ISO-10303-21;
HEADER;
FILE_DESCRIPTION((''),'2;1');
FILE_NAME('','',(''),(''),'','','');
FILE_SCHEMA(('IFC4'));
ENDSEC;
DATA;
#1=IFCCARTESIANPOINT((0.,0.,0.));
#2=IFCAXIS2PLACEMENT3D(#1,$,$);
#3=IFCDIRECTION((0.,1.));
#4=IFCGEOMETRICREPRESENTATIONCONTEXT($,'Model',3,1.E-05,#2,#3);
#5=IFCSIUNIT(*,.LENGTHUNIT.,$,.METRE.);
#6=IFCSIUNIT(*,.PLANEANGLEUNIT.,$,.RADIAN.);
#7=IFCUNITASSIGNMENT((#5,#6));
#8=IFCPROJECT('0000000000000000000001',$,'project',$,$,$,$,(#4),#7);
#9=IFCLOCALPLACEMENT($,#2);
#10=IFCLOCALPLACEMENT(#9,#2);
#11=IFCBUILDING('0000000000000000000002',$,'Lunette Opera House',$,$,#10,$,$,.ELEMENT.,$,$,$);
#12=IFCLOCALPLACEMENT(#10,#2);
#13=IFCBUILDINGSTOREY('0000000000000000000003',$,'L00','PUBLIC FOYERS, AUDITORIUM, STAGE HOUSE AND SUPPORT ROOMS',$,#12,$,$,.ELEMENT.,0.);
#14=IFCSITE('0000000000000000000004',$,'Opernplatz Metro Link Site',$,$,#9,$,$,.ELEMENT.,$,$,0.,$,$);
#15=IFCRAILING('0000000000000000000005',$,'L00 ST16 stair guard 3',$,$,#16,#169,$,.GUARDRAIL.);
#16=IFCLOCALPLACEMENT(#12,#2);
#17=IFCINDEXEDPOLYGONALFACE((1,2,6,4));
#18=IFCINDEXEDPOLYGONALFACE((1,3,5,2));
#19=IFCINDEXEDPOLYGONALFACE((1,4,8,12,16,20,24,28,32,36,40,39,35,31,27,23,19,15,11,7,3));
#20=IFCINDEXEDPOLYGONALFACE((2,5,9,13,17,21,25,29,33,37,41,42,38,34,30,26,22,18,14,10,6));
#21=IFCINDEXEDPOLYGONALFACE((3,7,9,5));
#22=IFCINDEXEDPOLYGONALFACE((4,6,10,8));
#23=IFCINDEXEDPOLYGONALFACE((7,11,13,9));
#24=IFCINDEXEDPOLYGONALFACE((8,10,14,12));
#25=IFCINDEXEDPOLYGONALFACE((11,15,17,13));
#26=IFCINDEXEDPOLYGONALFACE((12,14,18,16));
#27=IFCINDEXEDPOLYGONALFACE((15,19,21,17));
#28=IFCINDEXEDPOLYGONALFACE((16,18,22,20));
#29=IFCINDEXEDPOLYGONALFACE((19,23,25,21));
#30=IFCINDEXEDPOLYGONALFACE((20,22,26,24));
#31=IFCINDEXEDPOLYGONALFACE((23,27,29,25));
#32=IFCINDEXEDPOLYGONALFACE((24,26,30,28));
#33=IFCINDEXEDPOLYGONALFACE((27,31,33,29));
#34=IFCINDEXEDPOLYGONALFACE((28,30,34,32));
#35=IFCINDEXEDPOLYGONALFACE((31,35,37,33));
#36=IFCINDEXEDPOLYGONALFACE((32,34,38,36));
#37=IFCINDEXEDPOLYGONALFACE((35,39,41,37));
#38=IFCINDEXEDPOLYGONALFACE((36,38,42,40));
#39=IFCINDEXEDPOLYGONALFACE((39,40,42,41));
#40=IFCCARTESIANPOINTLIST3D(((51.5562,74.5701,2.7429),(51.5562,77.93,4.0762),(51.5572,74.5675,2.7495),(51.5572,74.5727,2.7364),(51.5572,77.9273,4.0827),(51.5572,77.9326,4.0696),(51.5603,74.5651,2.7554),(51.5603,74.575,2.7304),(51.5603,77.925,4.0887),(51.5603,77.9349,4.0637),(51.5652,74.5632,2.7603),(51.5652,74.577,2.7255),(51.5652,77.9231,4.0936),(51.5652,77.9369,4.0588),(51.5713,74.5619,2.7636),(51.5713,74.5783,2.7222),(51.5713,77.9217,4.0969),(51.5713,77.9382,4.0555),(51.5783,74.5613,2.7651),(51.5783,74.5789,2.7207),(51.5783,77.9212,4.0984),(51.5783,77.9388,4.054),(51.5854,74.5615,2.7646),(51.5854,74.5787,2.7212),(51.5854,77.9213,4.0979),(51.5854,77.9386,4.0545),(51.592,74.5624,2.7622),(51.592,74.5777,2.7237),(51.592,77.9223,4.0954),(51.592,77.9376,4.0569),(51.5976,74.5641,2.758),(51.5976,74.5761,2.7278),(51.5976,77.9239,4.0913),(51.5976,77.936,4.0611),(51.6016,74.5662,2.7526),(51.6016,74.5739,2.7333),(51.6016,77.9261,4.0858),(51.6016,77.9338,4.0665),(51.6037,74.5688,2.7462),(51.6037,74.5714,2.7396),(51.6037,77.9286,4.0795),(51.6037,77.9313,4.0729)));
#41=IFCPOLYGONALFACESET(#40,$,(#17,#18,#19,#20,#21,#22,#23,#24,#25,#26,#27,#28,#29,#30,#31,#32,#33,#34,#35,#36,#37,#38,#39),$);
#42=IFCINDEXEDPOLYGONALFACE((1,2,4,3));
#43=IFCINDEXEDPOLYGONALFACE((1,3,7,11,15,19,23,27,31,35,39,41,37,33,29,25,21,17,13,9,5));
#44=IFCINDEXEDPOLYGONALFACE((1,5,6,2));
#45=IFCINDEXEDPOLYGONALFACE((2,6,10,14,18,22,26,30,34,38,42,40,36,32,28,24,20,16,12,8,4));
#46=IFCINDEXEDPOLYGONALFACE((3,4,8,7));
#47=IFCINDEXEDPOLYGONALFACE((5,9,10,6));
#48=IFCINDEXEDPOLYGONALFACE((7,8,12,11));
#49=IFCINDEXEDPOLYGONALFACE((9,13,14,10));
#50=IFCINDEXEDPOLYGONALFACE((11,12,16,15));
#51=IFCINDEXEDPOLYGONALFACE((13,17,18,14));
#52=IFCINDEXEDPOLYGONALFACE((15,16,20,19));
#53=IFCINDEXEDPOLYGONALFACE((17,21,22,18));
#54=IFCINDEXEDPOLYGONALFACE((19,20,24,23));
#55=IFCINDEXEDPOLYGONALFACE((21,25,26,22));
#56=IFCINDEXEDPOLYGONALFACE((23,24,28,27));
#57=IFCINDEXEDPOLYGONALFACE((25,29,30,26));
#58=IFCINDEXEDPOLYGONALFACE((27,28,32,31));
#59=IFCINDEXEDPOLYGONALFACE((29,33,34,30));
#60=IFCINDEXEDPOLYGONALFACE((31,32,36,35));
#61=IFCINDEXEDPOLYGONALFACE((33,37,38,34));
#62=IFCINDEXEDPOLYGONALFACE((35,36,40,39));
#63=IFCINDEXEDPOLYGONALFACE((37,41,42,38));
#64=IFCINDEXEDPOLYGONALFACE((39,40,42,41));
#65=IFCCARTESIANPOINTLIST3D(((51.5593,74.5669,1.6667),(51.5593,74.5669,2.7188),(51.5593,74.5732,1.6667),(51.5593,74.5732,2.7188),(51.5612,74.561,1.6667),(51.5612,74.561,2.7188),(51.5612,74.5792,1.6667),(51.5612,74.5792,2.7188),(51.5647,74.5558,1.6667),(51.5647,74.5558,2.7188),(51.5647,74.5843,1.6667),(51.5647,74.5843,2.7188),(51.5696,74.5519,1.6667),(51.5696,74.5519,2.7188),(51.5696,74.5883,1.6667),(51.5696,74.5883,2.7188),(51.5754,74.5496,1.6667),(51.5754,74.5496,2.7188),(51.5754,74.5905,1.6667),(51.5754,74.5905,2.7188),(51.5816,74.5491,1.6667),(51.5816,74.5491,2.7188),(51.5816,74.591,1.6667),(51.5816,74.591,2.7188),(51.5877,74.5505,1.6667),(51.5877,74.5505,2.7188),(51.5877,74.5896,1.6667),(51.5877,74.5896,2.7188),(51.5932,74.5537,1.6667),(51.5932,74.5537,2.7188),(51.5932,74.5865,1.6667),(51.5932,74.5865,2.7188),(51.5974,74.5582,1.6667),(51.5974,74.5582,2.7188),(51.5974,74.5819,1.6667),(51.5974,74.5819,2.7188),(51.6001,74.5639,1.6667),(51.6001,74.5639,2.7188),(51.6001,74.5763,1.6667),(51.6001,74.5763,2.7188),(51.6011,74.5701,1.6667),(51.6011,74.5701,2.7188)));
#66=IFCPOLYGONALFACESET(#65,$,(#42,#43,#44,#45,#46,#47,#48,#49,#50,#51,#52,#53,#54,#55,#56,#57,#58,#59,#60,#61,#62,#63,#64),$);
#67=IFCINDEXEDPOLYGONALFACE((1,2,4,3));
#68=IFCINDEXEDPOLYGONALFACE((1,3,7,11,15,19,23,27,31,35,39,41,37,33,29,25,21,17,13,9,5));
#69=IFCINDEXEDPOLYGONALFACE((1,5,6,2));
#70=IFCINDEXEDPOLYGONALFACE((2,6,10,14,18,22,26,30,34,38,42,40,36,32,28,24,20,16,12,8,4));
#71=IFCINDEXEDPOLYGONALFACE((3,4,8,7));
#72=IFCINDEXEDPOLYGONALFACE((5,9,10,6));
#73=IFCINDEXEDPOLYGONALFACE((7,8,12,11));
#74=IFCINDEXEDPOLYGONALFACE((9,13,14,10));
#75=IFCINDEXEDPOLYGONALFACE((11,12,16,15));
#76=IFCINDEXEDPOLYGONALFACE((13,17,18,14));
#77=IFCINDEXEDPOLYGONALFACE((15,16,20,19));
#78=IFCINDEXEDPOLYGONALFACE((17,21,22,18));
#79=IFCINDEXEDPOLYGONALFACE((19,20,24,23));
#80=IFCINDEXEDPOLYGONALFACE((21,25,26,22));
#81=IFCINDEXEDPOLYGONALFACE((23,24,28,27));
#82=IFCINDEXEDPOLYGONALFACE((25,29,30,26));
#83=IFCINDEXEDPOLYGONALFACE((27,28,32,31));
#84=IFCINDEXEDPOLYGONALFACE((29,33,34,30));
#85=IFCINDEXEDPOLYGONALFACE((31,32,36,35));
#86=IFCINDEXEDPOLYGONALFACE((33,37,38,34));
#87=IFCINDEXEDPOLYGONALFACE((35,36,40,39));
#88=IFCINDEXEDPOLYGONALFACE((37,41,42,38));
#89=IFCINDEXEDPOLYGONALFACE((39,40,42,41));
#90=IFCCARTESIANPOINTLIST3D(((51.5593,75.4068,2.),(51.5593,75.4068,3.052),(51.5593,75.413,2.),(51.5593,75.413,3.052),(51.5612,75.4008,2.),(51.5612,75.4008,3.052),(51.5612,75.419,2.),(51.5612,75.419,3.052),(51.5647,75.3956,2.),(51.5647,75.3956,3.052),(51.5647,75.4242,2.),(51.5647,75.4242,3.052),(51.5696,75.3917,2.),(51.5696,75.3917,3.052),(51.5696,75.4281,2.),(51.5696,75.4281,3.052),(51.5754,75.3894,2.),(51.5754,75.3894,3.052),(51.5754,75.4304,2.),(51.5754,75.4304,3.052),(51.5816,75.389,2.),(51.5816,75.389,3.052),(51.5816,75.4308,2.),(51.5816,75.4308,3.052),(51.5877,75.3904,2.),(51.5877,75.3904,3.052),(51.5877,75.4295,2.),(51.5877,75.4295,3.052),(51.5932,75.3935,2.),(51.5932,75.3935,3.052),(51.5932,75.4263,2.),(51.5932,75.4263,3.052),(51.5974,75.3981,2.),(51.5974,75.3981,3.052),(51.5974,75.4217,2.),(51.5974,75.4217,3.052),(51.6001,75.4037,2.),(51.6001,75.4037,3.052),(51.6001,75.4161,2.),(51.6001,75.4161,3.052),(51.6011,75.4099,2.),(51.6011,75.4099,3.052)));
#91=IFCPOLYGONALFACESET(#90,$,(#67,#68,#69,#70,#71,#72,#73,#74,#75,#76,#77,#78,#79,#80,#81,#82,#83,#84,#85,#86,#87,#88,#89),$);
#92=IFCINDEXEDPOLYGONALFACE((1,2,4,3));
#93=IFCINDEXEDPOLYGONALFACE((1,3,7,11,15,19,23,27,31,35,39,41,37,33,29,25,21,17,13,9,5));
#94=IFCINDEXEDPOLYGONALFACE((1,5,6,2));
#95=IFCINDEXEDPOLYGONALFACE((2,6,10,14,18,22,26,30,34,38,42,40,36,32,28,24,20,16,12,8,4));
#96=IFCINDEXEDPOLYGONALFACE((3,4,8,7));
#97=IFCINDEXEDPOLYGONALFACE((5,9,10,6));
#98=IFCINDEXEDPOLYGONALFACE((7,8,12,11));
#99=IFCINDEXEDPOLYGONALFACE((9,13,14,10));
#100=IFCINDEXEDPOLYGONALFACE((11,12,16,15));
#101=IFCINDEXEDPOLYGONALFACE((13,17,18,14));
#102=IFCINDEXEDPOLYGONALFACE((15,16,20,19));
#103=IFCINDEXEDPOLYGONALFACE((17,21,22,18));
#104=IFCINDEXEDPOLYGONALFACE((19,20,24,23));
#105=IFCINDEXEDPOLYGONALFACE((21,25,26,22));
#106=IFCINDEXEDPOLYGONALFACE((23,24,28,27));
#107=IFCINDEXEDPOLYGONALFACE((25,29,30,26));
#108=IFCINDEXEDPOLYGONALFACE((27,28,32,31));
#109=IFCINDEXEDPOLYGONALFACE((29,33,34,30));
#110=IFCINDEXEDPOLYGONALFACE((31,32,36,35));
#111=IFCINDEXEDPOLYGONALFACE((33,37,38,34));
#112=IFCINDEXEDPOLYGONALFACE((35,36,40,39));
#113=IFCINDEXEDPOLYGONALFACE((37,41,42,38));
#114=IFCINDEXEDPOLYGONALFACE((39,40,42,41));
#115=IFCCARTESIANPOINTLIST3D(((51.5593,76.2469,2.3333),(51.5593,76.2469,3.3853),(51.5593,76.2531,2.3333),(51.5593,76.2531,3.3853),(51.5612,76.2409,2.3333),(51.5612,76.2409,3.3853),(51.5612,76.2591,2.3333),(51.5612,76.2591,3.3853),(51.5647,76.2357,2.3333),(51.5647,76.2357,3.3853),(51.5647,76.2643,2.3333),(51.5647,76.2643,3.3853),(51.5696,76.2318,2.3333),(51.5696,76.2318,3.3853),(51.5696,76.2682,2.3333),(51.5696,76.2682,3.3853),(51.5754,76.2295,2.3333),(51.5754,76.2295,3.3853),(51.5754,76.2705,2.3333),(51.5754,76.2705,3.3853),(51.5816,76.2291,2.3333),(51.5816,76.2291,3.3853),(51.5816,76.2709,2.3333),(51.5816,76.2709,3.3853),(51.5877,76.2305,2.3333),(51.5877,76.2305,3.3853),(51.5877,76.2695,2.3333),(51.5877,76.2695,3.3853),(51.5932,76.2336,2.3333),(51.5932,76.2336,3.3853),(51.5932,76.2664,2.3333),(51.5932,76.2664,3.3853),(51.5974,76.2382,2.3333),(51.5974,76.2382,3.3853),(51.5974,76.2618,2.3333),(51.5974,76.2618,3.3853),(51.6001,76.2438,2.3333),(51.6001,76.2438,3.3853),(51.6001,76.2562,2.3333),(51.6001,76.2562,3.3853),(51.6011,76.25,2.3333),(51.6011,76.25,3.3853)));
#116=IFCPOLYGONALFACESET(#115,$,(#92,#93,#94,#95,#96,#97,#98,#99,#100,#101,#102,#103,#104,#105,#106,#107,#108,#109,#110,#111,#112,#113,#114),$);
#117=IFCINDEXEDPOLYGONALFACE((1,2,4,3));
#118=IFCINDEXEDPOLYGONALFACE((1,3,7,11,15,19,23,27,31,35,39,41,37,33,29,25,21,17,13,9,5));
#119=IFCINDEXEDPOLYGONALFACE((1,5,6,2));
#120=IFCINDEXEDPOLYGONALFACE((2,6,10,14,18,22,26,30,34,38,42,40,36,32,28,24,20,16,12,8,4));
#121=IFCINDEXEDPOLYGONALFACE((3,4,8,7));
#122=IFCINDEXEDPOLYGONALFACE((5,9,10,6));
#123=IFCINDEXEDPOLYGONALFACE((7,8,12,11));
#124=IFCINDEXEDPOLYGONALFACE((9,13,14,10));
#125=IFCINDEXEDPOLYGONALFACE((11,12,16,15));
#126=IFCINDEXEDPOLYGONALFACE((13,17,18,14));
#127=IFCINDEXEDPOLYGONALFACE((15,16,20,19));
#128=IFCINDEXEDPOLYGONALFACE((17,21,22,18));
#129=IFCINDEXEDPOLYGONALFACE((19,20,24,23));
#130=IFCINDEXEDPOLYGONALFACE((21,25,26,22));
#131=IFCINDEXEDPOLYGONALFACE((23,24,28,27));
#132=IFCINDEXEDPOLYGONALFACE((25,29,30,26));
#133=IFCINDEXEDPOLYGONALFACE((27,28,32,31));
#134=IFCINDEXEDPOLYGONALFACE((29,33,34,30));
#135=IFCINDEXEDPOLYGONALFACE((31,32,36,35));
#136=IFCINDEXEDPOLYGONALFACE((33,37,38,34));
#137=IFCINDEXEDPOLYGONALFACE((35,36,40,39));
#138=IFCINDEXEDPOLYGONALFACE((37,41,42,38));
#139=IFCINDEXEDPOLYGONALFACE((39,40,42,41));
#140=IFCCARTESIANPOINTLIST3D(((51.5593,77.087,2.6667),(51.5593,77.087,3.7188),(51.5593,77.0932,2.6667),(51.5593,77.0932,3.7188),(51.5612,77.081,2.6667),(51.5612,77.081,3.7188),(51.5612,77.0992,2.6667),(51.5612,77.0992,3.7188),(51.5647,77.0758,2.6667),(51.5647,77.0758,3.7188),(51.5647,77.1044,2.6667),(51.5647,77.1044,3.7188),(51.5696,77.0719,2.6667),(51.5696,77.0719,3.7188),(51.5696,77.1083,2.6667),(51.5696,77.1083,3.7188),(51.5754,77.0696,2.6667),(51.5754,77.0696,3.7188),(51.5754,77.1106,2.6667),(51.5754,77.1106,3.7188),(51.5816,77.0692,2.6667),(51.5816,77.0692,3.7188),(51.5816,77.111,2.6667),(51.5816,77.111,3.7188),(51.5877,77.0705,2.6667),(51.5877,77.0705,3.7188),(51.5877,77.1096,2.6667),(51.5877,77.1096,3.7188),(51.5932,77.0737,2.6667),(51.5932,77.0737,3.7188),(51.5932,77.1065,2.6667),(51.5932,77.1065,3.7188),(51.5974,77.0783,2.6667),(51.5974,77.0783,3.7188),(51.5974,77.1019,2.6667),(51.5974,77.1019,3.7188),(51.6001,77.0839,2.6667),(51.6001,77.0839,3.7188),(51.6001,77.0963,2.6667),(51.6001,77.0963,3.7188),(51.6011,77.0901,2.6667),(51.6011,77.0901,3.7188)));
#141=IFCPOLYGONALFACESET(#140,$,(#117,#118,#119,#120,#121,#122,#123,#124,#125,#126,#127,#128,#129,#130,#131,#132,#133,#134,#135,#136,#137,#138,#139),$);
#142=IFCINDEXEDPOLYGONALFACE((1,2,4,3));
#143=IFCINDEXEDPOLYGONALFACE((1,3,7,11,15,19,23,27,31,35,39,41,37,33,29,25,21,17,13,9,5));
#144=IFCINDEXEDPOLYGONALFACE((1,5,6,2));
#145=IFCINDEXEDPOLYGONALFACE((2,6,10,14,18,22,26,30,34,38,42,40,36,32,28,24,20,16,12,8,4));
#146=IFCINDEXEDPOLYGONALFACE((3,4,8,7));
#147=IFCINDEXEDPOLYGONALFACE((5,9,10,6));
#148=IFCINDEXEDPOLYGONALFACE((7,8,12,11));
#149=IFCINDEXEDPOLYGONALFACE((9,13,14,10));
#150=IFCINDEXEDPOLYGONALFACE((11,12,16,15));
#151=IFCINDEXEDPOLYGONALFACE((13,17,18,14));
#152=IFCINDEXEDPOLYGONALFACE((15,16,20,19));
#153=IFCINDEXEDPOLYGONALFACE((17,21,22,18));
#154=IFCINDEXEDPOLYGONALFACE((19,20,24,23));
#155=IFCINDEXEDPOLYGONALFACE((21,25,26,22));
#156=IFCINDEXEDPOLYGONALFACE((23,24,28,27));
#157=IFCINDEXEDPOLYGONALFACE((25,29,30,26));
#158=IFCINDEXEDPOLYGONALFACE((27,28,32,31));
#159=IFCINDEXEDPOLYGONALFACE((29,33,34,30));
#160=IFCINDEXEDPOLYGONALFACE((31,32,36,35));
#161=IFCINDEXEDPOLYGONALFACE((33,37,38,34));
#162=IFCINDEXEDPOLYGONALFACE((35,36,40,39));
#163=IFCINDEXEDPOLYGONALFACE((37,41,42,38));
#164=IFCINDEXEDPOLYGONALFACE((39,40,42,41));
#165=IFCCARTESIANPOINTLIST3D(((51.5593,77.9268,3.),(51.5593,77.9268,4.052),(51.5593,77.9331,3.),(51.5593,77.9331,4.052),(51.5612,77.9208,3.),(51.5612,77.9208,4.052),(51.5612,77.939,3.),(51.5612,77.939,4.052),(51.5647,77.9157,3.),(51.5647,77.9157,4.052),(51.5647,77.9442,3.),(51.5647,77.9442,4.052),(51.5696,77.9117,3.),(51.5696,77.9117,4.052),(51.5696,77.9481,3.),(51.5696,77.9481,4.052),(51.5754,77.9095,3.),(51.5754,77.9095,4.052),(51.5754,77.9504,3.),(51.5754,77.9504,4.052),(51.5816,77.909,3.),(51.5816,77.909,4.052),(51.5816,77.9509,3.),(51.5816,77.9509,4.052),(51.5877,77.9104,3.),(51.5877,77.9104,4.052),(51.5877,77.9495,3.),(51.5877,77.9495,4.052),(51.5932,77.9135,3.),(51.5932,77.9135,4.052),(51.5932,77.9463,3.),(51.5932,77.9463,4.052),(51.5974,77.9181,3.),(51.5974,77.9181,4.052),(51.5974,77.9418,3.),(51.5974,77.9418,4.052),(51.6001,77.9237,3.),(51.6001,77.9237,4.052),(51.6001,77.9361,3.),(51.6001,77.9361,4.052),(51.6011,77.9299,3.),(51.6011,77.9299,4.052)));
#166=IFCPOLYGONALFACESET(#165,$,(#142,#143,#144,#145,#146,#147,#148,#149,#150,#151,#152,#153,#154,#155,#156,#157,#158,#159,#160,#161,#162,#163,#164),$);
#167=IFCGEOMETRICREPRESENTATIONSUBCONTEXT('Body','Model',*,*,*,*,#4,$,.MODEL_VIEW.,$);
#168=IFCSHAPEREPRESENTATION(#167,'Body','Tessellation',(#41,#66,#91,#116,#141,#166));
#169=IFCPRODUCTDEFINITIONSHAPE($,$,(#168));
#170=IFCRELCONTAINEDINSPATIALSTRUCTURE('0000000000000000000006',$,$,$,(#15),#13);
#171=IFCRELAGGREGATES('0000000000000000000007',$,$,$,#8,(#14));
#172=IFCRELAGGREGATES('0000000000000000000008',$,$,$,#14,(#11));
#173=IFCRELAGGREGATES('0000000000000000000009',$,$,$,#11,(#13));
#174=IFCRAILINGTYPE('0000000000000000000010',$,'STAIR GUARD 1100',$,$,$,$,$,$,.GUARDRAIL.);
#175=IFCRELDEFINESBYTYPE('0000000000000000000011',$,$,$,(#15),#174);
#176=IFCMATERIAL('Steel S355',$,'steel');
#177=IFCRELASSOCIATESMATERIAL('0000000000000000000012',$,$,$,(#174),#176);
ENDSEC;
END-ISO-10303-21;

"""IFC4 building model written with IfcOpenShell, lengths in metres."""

from ifc_helpers import new_model, si_unit, direction, frame, origin, origin_2d, place, context, subcontext, project, spatial, circle, extrude, material, type_object, element, save


model = new_model("IFC4")

# Units and contexts
model_context = context("Model", 3, precision=1e-05, world=origin(), true_north=direction((0.0, 1.0)))
body_context = subcontext(model_context, "Body", "Model", "MODEL_VIEW")
ifc_project = project(units=[si_unit("LENGTHUNIT", "METRE"), si_unit("PLANEANGLEUNIT", "RADIAN")], contexts=[model_context])

# Site, building, storey
site_placement = place(None, origin())
site = spatial("IfcSite", under=ifc_project, at=site_placement, Name="Opernplatz Metro Link Site", CompositionType="ELEMENT", RefElevation=0.0)
building_placement = place(site_placement, origin())
building = spatial("IfcBuilding", under=site, at=building_placement, Name="Lunette Opera House", CompositionType="ELEMENT")
storey_placement = place(building_placement, origin())
storey = spatial("IfcBuildingStorey", under=building, at=storey_placement, Name="L00", Description="PUBLIC FOYERS, AUDITORIUM, STAGE HOUSE AND SUPPORT ROOMS", CompositionType="ELEMENT", Elevation=0.0)

# Railing
ifc_material_1 = material(Name="Steel S355", Category="steel")
railing_type_1 = type_object("IfcRailingType", Name="STAIR GUARD 1100", PredefinedType="GUARDRAIL", material=ifc_material_1)
railing_1_placement = place(storey_placement, frame((51.5801, 74.5701, 1.6667)))
element("IfcRailing", 1, at=railing_1_placement, inside=storey, type_object=railing_type_1, Name="L00 ST16 stair guard 3", PredefinedType="GUARDRAIL", context=body_context, shape_type="SweptSolid", body=[
    extrude(circle(Radius=0.0239, at=origin_2d()), frame((0.0, 0.0, 1.0762), z_axis=(0.0, 0.929493, 0.368839), x_axis=(-1.0, 0.0, 0.0)), (0.0, 0.0, 1.0), 3.6147),
    extrude(circle(Radius=0.021, at=origin_2d()), origin(), (0.0, 0.0, 1.0), 1.052),
    extrude(circle(Radius=0.021, at=origin_2d()), frame((0.0, 0.8398, 0.3333)), (0.0, 0.0, 1.0), 1.052),
    extrude(circle(Radius=0.021, at=origin_2d()), frame((0.0, 1.6799, 0.6665)), (0.0, 0.0, 1.0), 1.052),
    extrude(circle(Radius=0.021, at=origin_2d()), frame((0.0, 2.52, 1.0)), (0.0, 0.0, 1.0), 1.052),
    extrude(circle(Radius=0.021, at=origin_2d()), frame((0.0, 3.3599, 1.3333)), (0.0, 0.0, 1.0), 1.052),
])

save(model, "model.ifc")
